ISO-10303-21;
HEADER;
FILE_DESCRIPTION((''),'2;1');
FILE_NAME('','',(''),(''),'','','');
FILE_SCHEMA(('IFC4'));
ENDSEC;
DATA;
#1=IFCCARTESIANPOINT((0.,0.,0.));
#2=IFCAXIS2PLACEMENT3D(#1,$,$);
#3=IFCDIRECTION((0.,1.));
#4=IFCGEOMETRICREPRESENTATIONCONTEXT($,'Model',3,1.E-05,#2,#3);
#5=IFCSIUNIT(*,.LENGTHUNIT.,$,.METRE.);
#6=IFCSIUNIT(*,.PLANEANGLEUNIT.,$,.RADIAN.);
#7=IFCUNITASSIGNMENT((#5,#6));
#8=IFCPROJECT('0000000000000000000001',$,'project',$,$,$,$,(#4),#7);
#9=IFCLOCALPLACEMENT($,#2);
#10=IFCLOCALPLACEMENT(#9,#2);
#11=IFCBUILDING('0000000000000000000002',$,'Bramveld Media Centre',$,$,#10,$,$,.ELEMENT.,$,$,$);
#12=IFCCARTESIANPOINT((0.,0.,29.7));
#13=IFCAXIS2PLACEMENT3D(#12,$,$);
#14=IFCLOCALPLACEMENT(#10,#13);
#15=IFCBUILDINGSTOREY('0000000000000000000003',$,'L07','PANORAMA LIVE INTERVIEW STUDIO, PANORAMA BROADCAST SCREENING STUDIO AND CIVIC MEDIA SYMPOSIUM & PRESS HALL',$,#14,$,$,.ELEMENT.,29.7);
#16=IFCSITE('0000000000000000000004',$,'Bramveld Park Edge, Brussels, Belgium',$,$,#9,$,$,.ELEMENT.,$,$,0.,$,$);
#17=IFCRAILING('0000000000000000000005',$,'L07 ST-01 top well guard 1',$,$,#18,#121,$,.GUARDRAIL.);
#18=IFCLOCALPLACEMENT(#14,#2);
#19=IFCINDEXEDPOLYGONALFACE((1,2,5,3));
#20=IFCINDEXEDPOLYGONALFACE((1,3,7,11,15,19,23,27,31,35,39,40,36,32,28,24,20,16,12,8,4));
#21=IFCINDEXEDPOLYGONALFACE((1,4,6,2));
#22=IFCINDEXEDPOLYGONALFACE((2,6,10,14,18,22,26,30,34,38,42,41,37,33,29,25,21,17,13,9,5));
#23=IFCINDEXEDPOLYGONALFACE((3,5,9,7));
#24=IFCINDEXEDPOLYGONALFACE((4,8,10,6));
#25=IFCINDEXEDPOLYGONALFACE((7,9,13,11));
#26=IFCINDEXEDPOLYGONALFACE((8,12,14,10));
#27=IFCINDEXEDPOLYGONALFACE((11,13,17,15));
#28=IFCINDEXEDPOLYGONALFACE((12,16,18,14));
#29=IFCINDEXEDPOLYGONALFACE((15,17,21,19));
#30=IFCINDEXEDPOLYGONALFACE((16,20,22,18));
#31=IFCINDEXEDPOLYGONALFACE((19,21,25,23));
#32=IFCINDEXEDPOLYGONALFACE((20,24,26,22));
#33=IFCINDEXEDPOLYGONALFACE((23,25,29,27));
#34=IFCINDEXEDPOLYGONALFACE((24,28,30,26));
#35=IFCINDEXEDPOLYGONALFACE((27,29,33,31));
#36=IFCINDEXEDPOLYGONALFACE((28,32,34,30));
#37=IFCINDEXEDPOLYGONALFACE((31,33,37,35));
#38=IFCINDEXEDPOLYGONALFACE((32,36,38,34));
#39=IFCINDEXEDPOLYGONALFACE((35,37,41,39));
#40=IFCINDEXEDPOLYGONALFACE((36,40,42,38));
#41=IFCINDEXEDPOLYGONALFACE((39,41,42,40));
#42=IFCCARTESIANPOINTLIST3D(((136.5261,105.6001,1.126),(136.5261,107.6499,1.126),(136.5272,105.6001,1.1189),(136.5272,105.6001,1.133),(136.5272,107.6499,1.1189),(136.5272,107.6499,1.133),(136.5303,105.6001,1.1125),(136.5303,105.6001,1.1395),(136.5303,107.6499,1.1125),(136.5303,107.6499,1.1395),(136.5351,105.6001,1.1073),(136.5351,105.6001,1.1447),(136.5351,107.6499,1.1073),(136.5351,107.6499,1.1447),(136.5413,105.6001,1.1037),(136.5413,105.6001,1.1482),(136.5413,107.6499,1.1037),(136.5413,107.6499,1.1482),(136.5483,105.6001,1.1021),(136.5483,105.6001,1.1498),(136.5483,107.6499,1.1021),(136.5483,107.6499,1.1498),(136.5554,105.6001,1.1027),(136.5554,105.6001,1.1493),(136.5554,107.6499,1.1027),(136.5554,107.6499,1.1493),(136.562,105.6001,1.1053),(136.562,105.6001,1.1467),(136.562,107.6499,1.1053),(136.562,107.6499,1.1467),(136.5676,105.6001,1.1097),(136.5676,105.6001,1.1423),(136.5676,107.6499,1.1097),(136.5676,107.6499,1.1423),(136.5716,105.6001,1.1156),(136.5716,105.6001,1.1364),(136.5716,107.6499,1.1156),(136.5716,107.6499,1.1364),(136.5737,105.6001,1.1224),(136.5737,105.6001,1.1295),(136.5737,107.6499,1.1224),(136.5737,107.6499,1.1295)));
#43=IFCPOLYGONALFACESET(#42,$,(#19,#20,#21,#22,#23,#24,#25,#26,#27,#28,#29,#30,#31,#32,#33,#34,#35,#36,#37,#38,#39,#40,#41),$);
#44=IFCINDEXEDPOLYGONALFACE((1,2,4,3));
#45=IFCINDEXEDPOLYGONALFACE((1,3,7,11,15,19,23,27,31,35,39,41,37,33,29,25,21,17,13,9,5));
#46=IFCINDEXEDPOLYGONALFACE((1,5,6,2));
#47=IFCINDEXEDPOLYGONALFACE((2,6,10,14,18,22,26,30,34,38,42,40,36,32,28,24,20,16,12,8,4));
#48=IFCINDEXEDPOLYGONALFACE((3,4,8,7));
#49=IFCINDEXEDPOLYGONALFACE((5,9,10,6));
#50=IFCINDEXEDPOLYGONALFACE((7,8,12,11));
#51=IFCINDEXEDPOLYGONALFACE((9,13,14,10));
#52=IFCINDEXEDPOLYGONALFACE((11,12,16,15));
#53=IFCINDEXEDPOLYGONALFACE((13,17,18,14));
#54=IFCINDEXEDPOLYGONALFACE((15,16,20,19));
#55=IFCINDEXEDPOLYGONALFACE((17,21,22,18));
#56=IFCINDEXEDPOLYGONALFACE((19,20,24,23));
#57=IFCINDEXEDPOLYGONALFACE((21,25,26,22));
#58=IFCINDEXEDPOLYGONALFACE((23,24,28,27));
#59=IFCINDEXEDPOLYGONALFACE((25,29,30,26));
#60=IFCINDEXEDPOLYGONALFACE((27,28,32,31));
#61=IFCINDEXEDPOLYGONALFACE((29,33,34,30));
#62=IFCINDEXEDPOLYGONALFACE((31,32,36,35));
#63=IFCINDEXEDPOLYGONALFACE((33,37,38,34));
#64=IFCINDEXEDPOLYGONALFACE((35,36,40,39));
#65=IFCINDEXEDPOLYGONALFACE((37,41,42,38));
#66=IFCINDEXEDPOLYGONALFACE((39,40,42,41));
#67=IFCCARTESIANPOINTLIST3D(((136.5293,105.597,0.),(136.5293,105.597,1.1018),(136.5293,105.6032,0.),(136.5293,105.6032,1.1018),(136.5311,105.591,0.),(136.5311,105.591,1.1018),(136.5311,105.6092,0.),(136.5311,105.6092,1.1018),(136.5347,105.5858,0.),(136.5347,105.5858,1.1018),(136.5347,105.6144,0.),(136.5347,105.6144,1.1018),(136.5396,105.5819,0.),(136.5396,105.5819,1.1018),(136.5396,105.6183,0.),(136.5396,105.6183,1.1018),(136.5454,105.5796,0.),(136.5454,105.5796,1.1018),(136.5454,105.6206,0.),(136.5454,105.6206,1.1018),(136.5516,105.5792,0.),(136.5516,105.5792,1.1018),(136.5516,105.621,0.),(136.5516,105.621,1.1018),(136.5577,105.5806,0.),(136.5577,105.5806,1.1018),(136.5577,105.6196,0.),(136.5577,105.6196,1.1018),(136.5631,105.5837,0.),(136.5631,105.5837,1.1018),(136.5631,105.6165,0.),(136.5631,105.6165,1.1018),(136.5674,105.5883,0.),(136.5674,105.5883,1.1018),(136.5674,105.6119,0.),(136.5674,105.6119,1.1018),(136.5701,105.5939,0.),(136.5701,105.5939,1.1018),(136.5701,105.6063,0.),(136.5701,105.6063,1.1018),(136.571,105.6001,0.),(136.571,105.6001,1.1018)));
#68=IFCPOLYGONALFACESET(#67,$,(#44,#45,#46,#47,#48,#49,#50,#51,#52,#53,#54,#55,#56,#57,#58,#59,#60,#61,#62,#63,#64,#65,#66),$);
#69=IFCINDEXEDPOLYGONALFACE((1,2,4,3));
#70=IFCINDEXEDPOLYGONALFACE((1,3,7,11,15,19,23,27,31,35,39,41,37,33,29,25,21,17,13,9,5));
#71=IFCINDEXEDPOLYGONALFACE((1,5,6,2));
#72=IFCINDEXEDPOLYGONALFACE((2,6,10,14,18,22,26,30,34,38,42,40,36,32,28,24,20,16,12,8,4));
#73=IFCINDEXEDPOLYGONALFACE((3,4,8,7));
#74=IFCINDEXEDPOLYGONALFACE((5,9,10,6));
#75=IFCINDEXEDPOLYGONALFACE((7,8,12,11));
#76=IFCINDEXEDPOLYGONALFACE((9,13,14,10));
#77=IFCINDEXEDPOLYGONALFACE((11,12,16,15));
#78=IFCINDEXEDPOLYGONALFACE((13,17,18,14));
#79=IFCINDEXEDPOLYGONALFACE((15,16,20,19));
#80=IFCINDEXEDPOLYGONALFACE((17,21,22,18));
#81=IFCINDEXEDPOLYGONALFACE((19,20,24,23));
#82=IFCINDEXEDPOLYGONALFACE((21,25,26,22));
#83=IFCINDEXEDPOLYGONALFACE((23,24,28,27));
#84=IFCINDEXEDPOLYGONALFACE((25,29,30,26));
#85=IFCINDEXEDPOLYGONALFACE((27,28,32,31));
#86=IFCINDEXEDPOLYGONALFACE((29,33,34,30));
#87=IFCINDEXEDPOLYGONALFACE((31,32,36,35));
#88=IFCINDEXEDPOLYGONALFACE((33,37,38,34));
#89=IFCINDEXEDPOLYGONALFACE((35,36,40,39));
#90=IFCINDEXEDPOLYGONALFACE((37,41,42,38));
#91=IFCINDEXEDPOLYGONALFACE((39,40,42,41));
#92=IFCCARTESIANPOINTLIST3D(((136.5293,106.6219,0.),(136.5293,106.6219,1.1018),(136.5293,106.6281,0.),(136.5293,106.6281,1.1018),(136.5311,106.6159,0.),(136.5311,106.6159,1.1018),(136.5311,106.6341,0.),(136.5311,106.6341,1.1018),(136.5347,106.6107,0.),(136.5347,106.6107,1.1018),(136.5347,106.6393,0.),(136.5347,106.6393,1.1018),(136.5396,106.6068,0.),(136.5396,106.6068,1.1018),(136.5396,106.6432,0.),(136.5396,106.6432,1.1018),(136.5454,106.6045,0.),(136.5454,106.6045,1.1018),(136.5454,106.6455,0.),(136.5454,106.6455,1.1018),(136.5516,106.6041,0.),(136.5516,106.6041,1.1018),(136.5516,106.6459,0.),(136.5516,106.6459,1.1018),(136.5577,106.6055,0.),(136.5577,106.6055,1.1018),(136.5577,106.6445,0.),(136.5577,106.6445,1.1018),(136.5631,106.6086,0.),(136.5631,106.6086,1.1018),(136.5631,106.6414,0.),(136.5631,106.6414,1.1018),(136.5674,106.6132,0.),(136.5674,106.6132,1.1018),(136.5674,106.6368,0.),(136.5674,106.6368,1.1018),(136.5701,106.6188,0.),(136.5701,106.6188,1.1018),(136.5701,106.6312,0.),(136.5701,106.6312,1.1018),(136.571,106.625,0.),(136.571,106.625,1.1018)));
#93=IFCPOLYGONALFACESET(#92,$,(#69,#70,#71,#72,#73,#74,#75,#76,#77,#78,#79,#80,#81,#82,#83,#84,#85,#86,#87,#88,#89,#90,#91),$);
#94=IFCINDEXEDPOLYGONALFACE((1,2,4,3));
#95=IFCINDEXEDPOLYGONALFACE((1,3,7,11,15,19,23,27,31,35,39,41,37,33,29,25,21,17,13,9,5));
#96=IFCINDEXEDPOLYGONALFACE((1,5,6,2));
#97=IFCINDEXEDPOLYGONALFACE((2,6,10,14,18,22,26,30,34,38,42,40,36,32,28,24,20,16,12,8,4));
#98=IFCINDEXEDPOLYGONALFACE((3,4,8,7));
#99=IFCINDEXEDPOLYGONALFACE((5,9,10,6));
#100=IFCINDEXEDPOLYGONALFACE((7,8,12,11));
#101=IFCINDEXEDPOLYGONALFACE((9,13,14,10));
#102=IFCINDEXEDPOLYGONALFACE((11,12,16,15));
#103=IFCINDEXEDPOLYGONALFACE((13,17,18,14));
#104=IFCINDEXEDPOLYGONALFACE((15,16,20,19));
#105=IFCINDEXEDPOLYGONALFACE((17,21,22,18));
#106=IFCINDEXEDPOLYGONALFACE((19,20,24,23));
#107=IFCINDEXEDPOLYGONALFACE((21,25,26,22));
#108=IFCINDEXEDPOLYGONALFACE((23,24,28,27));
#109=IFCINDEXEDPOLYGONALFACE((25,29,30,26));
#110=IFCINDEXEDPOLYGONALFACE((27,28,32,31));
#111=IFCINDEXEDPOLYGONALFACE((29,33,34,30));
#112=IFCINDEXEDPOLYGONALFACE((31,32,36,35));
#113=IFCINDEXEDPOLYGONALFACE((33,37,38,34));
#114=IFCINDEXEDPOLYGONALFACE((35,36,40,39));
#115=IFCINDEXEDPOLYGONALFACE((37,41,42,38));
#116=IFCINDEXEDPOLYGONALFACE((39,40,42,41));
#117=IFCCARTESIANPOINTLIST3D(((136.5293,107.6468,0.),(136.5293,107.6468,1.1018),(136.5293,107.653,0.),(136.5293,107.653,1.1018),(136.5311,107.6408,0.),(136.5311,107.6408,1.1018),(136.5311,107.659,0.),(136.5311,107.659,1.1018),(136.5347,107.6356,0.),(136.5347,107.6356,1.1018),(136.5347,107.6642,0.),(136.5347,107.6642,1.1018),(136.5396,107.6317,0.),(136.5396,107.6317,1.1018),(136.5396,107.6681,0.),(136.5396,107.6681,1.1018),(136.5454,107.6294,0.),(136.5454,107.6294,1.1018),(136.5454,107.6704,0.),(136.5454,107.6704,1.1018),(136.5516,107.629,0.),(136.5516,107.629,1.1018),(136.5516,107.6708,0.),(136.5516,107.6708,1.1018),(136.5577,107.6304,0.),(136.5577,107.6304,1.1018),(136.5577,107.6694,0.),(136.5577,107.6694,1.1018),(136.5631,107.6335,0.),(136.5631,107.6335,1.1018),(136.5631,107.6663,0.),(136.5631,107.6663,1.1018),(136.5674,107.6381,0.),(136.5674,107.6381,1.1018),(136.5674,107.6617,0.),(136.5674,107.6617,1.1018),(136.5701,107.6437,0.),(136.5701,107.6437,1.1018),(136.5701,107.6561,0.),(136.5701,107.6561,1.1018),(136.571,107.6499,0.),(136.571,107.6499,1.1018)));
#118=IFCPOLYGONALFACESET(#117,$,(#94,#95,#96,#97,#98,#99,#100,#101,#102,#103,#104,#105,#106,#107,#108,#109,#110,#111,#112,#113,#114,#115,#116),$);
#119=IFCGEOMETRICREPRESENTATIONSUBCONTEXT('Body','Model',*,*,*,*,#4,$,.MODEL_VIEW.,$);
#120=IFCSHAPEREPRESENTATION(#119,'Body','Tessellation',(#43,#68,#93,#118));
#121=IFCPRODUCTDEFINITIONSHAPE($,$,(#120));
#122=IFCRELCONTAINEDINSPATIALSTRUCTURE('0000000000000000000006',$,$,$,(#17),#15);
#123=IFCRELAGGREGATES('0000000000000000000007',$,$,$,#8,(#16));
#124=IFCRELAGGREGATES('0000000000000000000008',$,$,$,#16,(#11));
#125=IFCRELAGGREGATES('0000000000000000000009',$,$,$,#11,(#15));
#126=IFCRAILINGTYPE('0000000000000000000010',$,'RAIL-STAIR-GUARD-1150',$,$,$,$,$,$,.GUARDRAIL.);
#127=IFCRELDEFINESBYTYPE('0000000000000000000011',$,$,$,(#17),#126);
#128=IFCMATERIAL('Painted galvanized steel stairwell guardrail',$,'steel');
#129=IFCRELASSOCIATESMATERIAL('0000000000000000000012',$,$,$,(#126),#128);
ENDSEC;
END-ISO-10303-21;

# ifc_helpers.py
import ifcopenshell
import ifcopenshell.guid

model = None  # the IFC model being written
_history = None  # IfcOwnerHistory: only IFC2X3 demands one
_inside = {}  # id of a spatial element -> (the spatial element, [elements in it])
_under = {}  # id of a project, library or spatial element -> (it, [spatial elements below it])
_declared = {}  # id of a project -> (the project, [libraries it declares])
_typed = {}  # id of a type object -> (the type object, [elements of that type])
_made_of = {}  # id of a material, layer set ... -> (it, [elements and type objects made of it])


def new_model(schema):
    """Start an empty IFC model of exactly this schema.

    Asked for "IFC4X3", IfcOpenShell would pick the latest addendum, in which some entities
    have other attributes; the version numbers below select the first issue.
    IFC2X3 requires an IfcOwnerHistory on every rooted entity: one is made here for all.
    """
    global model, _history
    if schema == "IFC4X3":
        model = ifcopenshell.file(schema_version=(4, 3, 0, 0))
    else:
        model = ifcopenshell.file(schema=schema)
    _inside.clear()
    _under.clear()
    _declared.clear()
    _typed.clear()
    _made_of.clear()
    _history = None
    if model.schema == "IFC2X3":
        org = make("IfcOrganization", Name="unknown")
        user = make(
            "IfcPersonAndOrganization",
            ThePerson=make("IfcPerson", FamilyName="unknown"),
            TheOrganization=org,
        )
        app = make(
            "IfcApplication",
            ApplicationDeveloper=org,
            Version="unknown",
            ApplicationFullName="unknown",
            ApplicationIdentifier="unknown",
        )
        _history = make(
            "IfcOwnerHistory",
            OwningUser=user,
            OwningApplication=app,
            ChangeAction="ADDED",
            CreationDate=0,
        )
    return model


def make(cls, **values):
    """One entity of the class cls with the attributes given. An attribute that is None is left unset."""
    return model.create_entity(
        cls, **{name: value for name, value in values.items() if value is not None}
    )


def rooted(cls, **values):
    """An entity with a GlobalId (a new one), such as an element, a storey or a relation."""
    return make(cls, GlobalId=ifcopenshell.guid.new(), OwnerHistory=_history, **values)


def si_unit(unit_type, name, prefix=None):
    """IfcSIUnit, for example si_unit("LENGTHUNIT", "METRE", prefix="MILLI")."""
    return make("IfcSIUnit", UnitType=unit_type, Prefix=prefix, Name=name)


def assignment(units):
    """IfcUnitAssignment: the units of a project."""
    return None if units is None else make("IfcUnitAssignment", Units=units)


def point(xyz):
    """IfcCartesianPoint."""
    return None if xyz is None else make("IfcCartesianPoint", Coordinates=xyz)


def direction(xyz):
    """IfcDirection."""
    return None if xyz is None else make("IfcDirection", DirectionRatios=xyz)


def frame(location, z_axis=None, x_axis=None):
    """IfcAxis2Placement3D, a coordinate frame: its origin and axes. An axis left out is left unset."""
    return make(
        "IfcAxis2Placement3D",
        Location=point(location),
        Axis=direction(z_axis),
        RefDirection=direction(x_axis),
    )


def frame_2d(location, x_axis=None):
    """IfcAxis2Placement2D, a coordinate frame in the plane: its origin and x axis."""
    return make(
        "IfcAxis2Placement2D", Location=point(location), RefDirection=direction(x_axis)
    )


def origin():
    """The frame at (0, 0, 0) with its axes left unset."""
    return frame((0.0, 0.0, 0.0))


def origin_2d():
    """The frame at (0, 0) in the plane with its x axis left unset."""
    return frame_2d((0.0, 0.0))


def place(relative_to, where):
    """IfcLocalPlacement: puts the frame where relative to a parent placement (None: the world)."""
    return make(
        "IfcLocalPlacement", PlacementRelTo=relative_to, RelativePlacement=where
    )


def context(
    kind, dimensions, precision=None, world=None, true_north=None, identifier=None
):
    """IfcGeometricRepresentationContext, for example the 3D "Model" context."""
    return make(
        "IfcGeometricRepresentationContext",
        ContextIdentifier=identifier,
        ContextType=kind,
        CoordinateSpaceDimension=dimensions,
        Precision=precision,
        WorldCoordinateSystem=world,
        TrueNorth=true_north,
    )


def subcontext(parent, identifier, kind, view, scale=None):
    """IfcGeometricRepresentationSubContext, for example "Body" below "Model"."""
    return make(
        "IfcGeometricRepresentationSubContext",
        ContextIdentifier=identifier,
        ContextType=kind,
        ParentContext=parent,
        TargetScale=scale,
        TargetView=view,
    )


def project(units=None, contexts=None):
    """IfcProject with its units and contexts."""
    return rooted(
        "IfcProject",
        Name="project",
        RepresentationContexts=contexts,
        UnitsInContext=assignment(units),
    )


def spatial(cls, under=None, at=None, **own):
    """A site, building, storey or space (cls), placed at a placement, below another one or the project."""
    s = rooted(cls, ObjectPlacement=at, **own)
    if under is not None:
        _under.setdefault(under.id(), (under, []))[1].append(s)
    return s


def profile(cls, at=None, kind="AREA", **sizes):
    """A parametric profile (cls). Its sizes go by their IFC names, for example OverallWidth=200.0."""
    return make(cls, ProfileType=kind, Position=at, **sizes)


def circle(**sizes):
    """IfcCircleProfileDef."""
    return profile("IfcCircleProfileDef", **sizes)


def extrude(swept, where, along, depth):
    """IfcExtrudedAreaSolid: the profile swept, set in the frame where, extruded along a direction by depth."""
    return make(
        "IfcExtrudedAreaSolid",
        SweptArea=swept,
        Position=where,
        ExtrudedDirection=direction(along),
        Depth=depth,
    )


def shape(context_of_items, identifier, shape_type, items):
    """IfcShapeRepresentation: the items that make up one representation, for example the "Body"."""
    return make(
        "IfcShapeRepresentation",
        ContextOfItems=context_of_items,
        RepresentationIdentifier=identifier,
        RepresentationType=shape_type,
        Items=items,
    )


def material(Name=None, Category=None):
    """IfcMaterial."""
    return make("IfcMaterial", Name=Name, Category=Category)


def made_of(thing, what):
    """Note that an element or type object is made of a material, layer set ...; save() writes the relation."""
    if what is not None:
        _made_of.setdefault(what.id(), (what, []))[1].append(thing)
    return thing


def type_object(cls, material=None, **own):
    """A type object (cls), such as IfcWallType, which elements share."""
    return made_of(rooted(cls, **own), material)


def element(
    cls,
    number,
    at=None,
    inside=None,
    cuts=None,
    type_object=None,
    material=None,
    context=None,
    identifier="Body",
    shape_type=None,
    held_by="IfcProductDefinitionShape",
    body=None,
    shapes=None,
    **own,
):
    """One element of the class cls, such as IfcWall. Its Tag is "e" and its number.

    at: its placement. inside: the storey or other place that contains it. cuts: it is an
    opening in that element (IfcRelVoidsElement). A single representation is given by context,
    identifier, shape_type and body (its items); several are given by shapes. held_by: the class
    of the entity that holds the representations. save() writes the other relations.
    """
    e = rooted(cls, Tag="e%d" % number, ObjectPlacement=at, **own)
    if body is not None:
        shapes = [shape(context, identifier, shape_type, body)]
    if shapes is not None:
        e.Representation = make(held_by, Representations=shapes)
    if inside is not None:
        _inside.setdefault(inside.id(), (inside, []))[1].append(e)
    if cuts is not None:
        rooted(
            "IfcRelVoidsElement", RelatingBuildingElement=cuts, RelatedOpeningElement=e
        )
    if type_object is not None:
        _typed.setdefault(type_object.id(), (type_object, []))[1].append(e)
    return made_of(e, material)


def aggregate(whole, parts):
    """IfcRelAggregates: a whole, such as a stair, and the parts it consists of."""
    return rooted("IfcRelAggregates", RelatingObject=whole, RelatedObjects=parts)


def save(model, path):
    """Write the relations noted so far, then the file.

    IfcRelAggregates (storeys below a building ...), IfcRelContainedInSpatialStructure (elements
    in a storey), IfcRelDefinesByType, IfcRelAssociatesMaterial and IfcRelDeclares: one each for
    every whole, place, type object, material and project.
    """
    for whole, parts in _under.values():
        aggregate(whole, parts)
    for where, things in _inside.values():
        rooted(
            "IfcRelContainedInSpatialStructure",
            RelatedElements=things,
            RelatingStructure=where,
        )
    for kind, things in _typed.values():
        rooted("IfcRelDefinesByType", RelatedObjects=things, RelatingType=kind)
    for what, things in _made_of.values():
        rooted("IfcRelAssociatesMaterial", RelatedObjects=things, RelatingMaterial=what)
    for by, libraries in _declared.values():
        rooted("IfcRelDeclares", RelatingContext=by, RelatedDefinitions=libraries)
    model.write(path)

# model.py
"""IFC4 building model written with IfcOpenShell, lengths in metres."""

from ifc_helpers import new_model, si_unit, direction, frame, origin, origin_2d, place, context, subcontext, project, spatial, circle, extrude, material, type_object, element, save


model = new_model("IFC4")

# Units and contexts
model_context = context("Model", 3, precision=1e-05, world=origin(), true_north=direction((0.0, 1.0)))
body_context = subcontext(model_context, "Body", "Model", "MODEL_VIEW")
ifc_project = project(units=[si_unit("LENGTHUNIT", "METRE"), si_unit("PLANEANGLEUNIT", "RADIAN")], contexts=[model_context])

# Site, building, storey
site_placement = place(None, origin())
site = spatial("IfcSite", under=ifc_project, at=site_placement, Name="Bramveld Park Edge, Brussels, Belgium", CompositionType="ELEMENT", RefElevation=0.0)
building_placement = place(site_placement, origin())
building = spatial("IfcBuilding", under=site, at=building_placement, Name="Bramveld Media Centre", CompositionType="ELEMENT")
storey_placement = place(building_placement, frame((0.0, 0.0, 29.7)))
storey = spatial("IfcBuildingStorey", under=building, at=storey_placement, Name="L07", Description="PANORAMA LIVE INTERVIEW STUDIO, PANORAMA BROADCAST SCREENING STUDIO AND CIVIC MEDIA SYMPOSIUM & PRESS HALL", CompositionType="ELEMENT", Elevation=29.7)

# Railing
ifc_material_1 = material(Name="Painted galvanized steel stairwell guardrail", Category="steel")
railing_type = type_object("IfcRailingType", Name="RAIL-STAIR-GUARD-1150", PredefinedType="GUARDRAIL", material=ifc_material_1)
railing_placement = place(storey_placement, frame((136.55, 105.6001, 0.0)))
element("IfcRailing", 1, at=railing_placement, inside=storey, type_object=railing_type, Name="L07 ST-01 top well guard 1", PredefinedType="GUARDRAIL", context=body_context, shape_type="SweptSolid", body=[
    extrude(circle(Radius=0.0239, at=origin_2d()), frame((0.0, 0.0, 1.126), z_axis=(0.0, 1.0, 0.0), x_axis=(-1.0, 0.0, 0.0)), (0.0, 0.0, 1.0), 2.0498),
    extrude(circle(Radius=0.021, at=origin_2d()), origin(), (0.0, 0.0, 1.0), 1.1018),
    extrude(circle(Radius=0.021, at=origin_2d()), frame((0.0, 1.0249, 0.0)), (0.0, 0.0, 1.0), 1.1018),
    extrude(circle(Radius=0.021, at=origin_2d()), frame((0.0, 2.0498, 0.0)), (0.0, 0.0, 1.0), 1.1018),
])

save(model, "model.ifc")
